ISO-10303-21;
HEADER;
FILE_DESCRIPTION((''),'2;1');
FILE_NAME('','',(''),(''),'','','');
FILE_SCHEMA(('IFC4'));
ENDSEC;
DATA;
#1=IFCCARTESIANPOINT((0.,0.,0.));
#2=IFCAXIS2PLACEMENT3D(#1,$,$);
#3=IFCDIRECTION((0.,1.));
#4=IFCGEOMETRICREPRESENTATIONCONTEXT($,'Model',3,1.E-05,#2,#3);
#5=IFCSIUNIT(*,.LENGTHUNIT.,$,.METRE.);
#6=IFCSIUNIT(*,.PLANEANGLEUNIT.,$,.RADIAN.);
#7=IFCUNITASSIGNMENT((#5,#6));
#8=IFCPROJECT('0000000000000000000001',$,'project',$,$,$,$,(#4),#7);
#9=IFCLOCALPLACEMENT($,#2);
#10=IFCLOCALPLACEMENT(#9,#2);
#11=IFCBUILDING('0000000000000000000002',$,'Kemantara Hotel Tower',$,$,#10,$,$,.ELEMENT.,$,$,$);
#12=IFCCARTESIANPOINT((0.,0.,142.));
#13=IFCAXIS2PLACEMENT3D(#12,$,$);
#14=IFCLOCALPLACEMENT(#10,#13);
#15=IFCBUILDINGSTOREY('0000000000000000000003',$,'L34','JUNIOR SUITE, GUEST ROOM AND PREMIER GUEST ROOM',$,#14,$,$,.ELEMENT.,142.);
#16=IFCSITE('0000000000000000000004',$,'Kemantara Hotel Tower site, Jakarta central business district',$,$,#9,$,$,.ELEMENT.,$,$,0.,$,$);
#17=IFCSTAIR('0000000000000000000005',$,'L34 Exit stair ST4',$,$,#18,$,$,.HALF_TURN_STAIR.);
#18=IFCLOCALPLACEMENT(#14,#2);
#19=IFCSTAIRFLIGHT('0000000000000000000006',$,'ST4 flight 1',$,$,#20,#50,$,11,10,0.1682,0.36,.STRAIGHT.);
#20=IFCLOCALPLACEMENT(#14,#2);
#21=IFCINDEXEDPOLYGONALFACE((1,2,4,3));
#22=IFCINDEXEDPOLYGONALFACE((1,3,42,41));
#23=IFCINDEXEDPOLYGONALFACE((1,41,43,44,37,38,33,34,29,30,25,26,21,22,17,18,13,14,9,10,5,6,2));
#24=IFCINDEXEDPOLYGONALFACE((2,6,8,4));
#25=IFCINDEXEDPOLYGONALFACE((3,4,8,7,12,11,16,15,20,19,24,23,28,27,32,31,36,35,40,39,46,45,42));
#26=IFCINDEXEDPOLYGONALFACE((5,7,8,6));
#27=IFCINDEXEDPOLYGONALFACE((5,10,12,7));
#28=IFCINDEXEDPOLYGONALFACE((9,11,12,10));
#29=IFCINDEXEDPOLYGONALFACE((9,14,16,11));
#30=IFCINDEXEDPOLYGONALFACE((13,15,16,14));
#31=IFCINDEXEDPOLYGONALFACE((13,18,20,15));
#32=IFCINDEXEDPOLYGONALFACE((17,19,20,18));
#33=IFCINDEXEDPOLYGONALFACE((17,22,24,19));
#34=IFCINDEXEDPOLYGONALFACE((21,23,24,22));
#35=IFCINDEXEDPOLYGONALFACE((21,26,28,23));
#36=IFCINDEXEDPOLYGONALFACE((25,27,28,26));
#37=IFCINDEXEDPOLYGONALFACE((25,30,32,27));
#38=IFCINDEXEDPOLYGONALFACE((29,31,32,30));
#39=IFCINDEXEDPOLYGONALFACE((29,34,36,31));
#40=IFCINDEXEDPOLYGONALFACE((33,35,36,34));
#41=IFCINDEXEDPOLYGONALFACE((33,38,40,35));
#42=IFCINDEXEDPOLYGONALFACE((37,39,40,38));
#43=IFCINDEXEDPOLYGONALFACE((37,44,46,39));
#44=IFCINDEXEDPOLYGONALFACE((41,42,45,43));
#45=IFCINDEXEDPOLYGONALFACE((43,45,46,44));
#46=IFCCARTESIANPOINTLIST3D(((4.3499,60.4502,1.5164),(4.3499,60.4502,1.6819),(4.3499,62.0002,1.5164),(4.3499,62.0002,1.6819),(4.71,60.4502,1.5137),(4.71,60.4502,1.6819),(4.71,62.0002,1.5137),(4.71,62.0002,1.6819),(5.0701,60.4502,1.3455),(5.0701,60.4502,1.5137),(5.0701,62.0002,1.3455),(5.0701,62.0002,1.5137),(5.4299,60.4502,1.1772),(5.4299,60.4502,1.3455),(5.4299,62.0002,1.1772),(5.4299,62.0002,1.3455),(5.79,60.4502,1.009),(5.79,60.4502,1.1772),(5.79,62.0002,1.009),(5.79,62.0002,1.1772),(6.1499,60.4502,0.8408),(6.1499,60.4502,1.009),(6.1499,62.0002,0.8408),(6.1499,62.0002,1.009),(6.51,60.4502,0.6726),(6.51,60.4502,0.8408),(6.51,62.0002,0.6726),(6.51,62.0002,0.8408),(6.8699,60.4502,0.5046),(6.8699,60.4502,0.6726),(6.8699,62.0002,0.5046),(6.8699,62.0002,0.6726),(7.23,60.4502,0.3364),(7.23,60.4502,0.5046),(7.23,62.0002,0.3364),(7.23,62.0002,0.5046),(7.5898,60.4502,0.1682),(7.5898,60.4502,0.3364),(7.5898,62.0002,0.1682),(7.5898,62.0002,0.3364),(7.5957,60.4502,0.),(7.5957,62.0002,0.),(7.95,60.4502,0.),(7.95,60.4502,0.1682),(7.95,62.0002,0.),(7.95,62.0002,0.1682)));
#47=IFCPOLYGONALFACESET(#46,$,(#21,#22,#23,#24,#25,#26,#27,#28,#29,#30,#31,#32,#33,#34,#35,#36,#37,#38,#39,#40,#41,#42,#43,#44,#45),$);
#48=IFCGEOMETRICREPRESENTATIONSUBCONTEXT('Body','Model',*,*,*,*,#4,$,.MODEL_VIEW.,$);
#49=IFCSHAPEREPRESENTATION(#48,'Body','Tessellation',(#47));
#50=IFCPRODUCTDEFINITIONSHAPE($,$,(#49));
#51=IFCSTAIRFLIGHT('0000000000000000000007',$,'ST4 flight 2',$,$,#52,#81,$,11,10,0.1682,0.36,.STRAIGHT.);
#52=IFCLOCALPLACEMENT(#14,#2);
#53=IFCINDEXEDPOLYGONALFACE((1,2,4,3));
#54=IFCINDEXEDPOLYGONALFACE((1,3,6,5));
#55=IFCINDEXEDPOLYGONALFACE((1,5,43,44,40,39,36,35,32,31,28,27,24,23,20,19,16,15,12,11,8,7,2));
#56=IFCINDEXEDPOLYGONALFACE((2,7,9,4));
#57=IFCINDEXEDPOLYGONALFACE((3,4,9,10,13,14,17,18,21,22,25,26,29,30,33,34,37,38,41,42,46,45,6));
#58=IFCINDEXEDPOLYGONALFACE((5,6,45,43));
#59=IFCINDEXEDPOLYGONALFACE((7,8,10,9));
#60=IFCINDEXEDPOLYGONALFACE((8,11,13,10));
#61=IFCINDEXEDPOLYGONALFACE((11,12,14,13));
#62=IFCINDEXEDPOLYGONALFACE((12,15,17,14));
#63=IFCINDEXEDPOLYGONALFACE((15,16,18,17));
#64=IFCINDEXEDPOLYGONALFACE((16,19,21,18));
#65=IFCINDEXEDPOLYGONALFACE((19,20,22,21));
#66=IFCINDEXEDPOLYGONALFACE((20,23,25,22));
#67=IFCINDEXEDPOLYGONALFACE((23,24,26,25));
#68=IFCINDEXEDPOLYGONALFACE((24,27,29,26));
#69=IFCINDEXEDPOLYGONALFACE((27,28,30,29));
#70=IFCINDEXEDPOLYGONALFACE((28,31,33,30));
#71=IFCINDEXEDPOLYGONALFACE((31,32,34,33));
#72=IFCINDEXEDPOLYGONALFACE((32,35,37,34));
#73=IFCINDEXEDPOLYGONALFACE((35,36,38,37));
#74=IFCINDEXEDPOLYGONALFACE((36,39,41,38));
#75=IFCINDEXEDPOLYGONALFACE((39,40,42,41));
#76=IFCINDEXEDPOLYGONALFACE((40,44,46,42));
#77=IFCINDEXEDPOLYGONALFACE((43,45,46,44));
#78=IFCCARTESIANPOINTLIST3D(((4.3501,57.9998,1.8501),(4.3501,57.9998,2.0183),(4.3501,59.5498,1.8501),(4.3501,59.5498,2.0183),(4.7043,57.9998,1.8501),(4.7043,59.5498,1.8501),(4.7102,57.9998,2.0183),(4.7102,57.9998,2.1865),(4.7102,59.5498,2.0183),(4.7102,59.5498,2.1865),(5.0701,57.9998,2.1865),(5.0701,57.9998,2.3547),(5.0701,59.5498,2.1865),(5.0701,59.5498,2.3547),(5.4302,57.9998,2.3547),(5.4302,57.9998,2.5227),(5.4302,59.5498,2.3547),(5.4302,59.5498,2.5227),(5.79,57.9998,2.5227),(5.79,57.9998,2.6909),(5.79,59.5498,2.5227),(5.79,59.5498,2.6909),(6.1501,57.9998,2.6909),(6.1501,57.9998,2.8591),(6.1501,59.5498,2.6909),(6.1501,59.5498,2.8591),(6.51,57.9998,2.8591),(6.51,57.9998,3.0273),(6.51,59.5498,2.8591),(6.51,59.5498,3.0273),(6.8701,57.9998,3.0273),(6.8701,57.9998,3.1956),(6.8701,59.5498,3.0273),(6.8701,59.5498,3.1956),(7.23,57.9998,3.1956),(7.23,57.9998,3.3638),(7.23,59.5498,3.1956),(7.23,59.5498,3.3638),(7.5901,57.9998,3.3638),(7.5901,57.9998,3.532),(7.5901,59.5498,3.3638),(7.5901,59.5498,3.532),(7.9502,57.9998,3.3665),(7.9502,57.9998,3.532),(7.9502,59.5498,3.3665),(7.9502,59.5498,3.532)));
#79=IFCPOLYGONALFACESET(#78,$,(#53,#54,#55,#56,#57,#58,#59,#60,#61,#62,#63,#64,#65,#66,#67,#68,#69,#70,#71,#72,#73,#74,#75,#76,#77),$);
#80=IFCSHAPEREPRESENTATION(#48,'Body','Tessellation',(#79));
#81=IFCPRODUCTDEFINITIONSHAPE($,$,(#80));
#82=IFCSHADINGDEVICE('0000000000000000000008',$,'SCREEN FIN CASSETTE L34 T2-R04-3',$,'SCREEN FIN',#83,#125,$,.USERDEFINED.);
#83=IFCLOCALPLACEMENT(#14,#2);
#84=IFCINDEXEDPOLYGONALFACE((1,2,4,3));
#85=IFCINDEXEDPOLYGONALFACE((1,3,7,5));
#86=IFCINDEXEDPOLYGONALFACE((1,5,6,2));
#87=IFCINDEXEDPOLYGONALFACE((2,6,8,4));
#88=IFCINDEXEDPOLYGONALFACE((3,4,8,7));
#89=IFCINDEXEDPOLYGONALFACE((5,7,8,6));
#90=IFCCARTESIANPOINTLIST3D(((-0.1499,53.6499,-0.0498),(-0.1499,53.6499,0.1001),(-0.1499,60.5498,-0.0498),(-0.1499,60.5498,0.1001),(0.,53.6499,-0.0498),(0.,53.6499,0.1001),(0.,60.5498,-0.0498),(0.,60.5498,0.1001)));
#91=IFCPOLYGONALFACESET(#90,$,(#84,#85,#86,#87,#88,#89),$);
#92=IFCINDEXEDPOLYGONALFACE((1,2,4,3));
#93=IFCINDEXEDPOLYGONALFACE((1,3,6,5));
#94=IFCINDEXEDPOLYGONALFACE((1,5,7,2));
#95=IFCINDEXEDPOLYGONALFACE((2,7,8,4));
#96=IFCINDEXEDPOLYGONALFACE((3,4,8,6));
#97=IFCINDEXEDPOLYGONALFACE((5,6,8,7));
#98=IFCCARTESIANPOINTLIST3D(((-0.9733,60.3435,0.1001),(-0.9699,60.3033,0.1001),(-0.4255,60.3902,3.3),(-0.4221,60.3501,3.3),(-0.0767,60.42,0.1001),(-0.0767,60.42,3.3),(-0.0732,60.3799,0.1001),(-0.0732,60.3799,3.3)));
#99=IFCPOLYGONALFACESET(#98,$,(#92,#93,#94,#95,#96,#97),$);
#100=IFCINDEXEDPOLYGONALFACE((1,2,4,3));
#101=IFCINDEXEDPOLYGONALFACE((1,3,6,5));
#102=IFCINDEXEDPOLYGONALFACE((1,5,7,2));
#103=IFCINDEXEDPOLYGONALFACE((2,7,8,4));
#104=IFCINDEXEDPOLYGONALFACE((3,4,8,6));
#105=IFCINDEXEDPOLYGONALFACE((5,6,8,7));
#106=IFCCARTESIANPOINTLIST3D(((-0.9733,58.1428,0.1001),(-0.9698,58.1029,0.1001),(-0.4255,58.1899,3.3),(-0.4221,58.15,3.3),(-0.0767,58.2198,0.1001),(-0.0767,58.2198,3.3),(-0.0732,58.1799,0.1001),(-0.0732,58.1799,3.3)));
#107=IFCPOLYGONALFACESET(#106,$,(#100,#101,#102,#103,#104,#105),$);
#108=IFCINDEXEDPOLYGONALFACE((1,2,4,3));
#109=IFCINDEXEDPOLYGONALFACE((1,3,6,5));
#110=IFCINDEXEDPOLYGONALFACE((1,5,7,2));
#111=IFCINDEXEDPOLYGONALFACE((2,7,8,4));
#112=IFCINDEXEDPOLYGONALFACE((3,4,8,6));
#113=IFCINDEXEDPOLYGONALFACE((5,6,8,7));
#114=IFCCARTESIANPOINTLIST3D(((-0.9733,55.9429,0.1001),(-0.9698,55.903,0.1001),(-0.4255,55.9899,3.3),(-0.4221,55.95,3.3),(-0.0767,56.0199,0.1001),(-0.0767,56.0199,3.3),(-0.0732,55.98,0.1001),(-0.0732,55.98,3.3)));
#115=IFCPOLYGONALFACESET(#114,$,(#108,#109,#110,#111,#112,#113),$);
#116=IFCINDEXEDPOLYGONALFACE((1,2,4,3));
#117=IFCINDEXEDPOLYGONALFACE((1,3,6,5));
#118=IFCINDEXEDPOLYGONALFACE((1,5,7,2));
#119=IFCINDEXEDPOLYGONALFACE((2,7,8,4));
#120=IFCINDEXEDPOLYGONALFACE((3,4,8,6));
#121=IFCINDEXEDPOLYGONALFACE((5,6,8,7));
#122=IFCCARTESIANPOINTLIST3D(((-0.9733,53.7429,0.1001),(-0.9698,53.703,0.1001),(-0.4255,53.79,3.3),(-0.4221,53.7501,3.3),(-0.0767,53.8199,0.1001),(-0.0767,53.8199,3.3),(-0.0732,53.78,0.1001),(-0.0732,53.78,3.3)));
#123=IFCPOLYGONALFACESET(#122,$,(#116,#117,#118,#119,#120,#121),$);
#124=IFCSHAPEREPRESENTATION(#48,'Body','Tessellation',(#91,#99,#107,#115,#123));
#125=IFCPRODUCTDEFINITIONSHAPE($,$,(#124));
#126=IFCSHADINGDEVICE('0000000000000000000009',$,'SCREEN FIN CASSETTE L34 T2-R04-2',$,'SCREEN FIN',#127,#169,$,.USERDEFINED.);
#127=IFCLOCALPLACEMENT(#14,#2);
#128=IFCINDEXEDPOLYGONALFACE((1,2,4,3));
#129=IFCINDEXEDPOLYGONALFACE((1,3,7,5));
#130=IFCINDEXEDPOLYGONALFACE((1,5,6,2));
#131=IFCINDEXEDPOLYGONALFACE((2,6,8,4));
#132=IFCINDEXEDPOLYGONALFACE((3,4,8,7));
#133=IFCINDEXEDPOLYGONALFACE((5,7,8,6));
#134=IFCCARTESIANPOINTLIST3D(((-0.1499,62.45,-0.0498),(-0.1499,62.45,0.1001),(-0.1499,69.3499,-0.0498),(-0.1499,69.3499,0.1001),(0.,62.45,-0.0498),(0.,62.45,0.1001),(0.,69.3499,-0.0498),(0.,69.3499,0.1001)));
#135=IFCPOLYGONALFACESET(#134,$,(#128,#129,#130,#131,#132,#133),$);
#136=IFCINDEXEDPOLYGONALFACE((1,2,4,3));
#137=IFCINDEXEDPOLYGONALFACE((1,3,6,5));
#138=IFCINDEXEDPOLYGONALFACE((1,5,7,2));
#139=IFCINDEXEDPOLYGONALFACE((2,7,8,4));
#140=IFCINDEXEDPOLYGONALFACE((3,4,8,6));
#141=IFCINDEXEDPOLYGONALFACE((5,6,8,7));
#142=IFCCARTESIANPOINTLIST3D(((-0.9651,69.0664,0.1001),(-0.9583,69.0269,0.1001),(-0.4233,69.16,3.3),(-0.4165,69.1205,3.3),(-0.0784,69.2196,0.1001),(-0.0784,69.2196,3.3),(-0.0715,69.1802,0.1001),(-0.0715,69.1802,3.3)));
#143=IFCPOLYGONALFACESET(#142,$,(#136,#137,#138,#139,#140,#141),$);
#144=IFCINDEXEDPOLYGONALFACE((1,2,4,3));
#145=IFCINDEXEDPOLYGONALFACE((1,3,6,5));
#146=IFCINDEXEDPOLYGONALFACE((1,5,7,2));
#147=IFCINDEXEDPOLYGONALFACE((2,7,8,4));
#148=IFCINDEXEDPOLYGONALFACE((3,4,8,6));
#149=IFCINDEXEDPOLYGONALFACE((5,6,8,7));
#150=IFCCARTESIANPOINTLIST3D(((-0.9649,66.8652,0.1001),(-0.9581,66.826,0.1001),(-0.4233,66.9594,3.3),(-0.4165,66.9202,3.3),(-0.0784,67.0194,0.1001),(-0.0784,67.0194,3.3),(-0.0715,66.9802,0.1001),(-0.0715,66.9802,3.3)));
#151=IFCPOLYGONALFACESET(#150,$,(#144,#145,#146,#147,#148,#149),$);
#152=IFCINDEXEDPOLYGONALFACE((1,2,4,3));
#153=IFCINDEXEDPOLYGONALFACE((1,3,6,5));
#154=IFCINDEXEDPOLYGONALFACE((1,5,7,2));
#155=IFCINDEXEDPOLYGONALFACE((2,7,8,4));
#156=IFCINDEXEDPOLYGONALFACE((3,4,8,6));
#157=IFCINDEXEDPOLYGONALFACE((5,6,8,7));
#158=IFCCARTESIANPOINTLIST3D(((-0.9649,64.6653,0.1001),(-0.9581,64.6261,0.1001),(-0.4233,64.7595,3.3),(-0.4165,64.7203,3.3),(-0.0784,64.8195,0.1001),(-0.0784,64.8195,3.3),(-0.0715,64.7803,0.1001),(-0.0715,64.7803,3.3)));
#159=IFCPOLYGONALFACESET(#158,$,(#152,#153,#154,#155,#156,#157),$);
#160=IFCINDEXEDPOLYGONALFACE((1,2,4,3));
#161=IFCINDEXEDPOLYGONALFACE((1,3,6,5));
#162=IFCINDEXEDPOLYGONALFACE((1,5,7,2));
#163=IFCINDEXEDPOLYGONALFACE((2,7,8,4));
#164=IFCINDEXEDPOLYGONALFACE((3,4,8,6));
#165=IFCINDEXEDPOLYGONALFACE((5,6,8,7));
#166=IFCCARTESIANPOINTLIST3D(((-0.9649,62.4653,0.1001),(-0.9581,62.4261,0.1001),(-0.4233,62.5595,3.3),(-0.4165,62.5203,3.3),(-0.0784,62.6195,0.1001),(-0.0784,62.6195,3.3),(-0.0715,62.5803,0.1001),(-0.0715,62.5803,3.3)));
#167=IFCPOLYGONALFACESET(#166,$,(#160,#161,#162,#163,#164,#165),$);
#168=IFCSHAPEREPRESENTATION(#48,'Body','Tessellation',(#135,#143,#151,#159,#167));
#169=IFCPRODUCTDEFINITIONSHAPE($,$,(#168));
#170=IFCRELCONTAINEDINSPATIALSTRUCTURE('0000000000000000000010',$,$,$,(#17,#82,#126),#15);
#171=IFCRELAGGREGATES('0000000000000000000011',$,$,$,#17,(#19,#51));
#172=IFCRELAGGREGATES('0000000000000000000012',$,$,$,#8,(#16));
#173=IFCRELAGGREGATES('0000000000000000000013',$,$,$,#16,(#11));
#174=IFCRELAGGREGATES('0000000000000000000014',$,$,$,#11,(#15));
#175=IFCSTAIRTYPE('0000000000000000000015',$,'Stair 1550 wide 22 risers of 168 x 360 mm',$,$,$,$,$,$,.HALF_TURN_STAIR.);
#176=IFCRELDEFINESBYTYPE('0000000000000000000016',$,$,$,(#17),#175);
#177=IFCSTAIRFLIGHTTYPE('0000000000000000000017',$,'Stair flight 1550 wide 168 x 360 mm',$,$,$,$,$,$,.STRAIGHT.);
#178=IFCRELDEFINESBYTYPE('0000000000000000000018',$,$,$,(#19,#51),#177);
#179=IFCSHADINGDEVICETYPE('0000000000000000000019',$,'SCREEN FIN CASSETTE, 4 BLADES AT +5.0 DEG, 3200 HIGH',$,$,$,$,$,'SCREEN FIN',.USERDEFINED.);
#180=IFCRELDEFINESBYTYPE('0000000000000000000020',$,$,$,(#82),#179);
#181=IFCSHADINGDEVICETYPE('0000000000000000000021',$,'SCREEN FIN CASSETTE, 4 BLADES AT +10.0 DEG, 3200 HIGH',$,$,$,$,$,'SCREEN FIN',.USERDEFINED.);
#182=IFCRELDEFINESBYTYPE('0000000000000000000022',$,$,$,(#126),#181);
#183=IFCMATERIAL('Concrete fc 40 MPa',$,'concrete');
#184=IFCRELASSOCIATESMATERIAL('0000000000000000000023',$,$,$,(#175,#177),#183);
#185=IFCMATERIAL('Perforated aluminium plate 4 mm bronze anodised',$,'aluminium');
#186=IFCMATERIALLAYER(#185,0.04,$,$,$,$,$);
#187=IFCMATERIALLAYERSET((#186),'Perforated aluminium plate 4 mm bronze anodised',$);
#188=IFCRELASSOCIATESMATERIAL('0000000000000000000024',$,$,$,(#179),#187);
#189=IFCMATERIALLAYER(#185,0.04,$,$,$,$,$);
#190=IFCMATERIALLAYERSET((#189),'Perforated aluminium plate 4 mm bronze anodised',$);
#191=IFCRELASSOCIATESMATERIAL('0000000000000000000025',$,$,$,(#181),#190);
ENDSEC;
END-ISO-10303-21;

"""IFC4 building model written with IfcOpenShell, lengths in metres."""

from ifc_helpers import new_model, si_unit, direction, frame, origin, origin_2d, place, context, subcontext, project, spatial, polyline, rectangle, outline, extrude, source, transform, mapped, material, layer, layer_set, type_object, element, aggregate, save


model = new_model("IFC4")

# Units and contexts
model_context = context("Model", 3, precision=1e-05, world=origin(), true_north=direction((0.0, 1.0)))
body_context = subcontext(model_context, "Body", "Model", "MODEL_VIEW")
ifc_project = project(units=[si_unit("LENGTHUNIT", "METRE"), si_unit("PLANEANGLEUNIT", "RADIAN")], contexts=[model_context])

# Site, building, storey
site_placement = place(None, origin())
site = spatial("IfcSite", under=ifc_project, at=site_placement, Name="Kemantara Hotel Tower site, Jakarta central business district", CompositionType="ELEMENT", RefElevation=0.0)
building_placement = place(site_placement, origin())
building = spatial("IfcBuilding", under=site, at=building_placement, Name="Kemantara Hotel Tower", CompositionType="ELEMENT")
storey_placement = place(building_placement, frame((0.0, 0.0, 142.0)))
storey = spatial("IfcBuildingStorey", under=building, at=storey_placement, Name="L34", Description="JUNIOR SUITE, GUEST ROOM AND PREMIER GUEST ROOM", CompositionType="ELEMENT", Elevation=142.0)

# Shared definitions
ifc_material_1 = material(Name="Concrete fc 40 MPa", Category="concrete")

# Stair, stair flights
stair_type = type_object("IfcStairType", Name="Stair 1550 wide 22 risers of 168 x 360 mm", PredefinedType="HALF_TURN_STAIR", material=ifc_material_1)
stair_placement = place(storey_placement, origin())
stair = element("IfcStair", 1, at=stair_placement, inside=storey, type_object=stair_type, Name="L34 Exit stair ST4", PredefinedType="HALF_TURN_STAIR")
stair_flight_type = type_object("IfcStairFlightType", Name="Stair flight 1550 wide 168 x 360 mm", PredefinedType="STRAIGHT", material=ifc_material_1)
stair_flight_1_placement = place(storey_placement, frame((7.95, 61.2251, 0.0), z_axis=(0.0, 0.0, 1.0), x_axis=(-1.0, 0.0, 0.0)))
stair_flight_1 = element("IfcStairFlight", 2, at=stair_flight_1_placement, type_object=stair_flight_type, Name="ST4 flight 1", NumberOfRisers=11, NumberOfTreads=10, PredefinedType="STRAIGHT", RiserHeight=0.1682, TreadLength=0.36, context=body_context, shape_type="SweptSolid", body=[
    extrude(outline(polyline([(0.0, 0.0), (0.0, 0.1682), (0.3601, 0.1682), (0.3601, 0.3364), (0.72, 0.3364), (0.72, 0.5046), (1.0801, 0.5046), (1.0801, 0.6726), (1.4399, 0.6726), (1.4399, 0.8408), (1.8, 0.8408), (1.8, 1.009), (2.1599, 1.009), (2.1599, 1.1772), (2.52, 1.1772), (2.52, 1.3455), (2.8799, 1.3455), (2.8799, 1.5137), (3.24, 1.5137), (3.24, 1.6819), (3.6001, 1.6819), (3.6001, 1.8501), (3.6001, 1.5164), (0.3542, 0.0), (0.0, 0.0)])), frame((0.0, 0.7749, 0.0), z_axis=(0.0, -1.0, 0.0), x_axis=(1.0, 0.0, 0.0)), (0.0, 0.0, 1.0), 1.55),
])
stair_flight_2_placement = place(storey_placement, frame((4.3501, 58.7749, 1.8501), z_axis=(0.0, 0.0, 1.0), x_axis=(1.0, 0.0, 0.0)))
stair_flight_2 = element("IfcStairFlight", 3, at=stair_flight_2_placement, type_object=stair_flight_type, Name="ST4 flight 2", NumberOfRisers=11, NumberOfTreads=10, PredefinedType="STRAIGHT", RiserHeight=0.1682, TreadLength=0.36, context=body_context, shape_type="SweptSolid", body=[
    extrude(outline(polyline([(0.0, 0.0), (0.0, 0.1682), (0.3601, 0.1682), (0.3601, 0.3364), (0.72, 0.3364), (0.72, 0.5046), (1.0801, 0.5046), (1.0801, 0.6726), (1.4399, 0.6726), (1.4399, 0.8408), (1.8, 0.8408), (1.8, 1.009), (2.1599, 1.009), (2.1599, 1.1772), (2.52, 1.1772), (2.52, 1.3455), (2.8799, 1.3455), (2.8799, 1.5137), (3.24, 1.5137), (3.24, 1.6819), (3.6001, 1.6819), (3.6001, 1.8501), (3.6001, 1.5164), (0.3542, 0.0), (0.0, 0.0)])), frame((0.0, 0.7749, 0.0), z_axis=(0.0, -1.0, 0.0), x_axis=(1.0, 0.0, 0.0)), (0.0, 0.0, 1.0), 1.55),
])
aggregate(stair, [stair_flight_1, stair_flight_2])

# Shading devices
ifc_material_2 = material(Name="Perforated aluminium plate 4 mm bronze anodised", Category="aluminium")
ifc_layer_1 = layer(ifc_material_2, 0.04)
ifc_layer_set_1 = layer_set([ifc_layer_1], Name="Perforated aluminium plate 4 mm bronze anodised")
shading_device_type_1 = type_object("IfcShadingDeviceType", Name="SCREEN FIN CASSETTE, 4 BLADES AT +5.0 DEG, 3200 HIGH", ElementType="SCREEN FIN", PredefinedType="USERDEFINED", material=ifc_layer_set_1)
shared_shape_1 = source(origin(), body_context, "Body", "SweptSolid", [
    extrude(rectangle(XDim=6.8999, YDim=0.1499, at=origin_2d()), frame((3.3, -0.075, -0.1499), z_axis=(0.0, 0.0, 1.0), x_axis=(1.0, 0.0, 0.0)), (0.0, 0.0, 1.0), 0.1499),
    extrude(outline(polyline([(0.0, 0.0), (0.8999, 0.0), (0.3501, 3.2), (0.0, 3.2), (0.0, 0.0)])), frame((0.02, -0.0732, 0.0), z_axis=(-0.996376, -0.085056, 0.0), x_axis=(0.085056, -0.996376, 0.0)), (0.0, 0.0, 1.0), 0.0403),
    extrude(outline(polyline([(0.0, 0.0), (0.8999, 0.0), (0.3501, 3.2), (0.0, 3.2), (0.0, 0.0)])), frame((2.22, -0.0732, 0.0), z_axis=(-0.996332, -0.085575, 0.0), x_axis=(0.085575, -0.996332, 0.0)), (0.0, 0.0, 1.0), 0.04),
    extrude(outline(polyline([(0.0, 0.0), (0.8999, 0.0), (0.3501, 3.2), (0.0, 3.2), (0.0, 0.0)])), frame((4.4199, -0.0732, 0.0), z_axis=(-0.996332, -0.085575, 0.0), x_axis=(0.085575, -0.996332, 0.0)), (0.0, 0.0, 1.0), 0.04),
    extrude(outline(polyline([(0.0, 0.0), (0.8999, 0.0), (0.3501, 3.2), (0.0, 3.2), (0.0, 0.0)])), frame((6.6199, -0.0732, 0.0), z_axis=(-0.996332, -0.085575, 0.0), x_axis=(0.085575, -0.996332, 0.0)), (0.0, 0.0, 1.0), 0.04),
])
shading_device_1_placement = place(storey_placement, frame((0.0, 60.3999, 0.1001), z_axis=(0.0, 0.0, 1.0), x_axis=(0.0, -1.0, 0.0)))
element("IfcShadingDevice", 4, at=shading_device_1_placement, inside=storey, type_object=shading_device_type_1, Name="SCREEN FIN CASSETTE L34 T2-R04-3", ObjectType="SCREEN FIN", PredefinedType="USERDEFINED", context=body_context, shape_type="MappedRepresentation", body=[
    mapped(shared_shape_1, transform((0.0, 0.0, 0.0))),
])
ifc_layer_2 = layer(ifc_material_2, 0.04)
ifc_layer_set_2 = layer_set([ifc_layer_2], Name="Perforated aluminium plate 4 mm bronze anodised")
shading_device_type_2 = type_object("IfcShadingDeviceType", Name="SCREEN FIN CASSETTE, 4 BLADES AT +10.0 DEG, 3200 HIGH", ElementType="SCREEN FIN", PredefinedType="USERDEFINED", material=ifc_layer_set_2)
shared_shape_2 = source(origin(), body_context, "Body", "SweptSolid", [
    extrude(rectangle(XDim=6.8999, YDim=0.1499, at=origin_2d()), frame((3.3, -0.075, -0.1499), z_axis=(0.0, 0.0, 1.0), x_axis=(1.0, 0.0, 0.0)), (0.0, 0.0, 1.0), 0.1499),
    extrude(outline(polyline([(0.0, 0.0), (0.8999, 0.0), (0.3501, 3.2), (0.0, 3.2), (0.0, 0.0)])), frame((0.0198, -0.0715, 0.0), z_axis=(-0.98539, -0.170314, 0.0), x_axis=(0.170314, -0.98539, 0.0)), (0.0, 0.0, 1.0), 0.04),
    extrude(outline(polyline([(0.0, 0.0), (0.8999, 0.0), (0.3501, 3.2), (0.0, 3.2), (0.0, 0.0)])), frame((2.2197, -0.0715, 0.0), z_axis=(-0.985212, -0.171341, 0.0), x_axis=(0.171341, -0.985212, 0.0)), (0.0, 0.0, 1.0), 0.0398),
    extrude(outline(polyline([(0.0, 0.0), (0.8999, 0.0), (0.3501, 3.2), (0.0, 3.2), (0.0, 0.0)])), frame((4.4197, -0.0715, 0.0), z_axis=(-0.985212, -0.171341, 0.0), x_axis=(0.171341, -0.985212, 0.0)), (0.0, 0.0, 1.0), 0.0398),
    extrude(outline(polyline([(0.0, 0.0), (0.8999, 0.0), (0.3501, 3.2), (0.0, 3.2), (0.0, 0.0)])), frame((6.6196, -0.0715, 0.0), z_axis=(-0.985212, -0.171341, 0.0), x_axis=(0.171341, -0.985212, 0.0)), (0.0, 0.0, 1.0), 0.0398),
])
shading_device_2_placement = place(storey_placement, frame((0.0, 69.2, 0.1001), z_axis=(0.0, 0.0, 1.0), x_axis=(0.0, -1.0, 0.0)))
element("IfcShadingDevice", 5, at=shading_device_2_placement, inside=storey, type_object=shading_device_type_2, Name="SCREEN FIN CASSETTE L34 T2-R04-2", ObjectType="SCREEN FIN", PredefinedType="USERDEFINED", context=body_context, shape_type="MappedRepresentation", body=[
    mapped(shared_shape_2, transform((0.0, 0.0, 0.0))),
])

save(model, "model.ifc")
